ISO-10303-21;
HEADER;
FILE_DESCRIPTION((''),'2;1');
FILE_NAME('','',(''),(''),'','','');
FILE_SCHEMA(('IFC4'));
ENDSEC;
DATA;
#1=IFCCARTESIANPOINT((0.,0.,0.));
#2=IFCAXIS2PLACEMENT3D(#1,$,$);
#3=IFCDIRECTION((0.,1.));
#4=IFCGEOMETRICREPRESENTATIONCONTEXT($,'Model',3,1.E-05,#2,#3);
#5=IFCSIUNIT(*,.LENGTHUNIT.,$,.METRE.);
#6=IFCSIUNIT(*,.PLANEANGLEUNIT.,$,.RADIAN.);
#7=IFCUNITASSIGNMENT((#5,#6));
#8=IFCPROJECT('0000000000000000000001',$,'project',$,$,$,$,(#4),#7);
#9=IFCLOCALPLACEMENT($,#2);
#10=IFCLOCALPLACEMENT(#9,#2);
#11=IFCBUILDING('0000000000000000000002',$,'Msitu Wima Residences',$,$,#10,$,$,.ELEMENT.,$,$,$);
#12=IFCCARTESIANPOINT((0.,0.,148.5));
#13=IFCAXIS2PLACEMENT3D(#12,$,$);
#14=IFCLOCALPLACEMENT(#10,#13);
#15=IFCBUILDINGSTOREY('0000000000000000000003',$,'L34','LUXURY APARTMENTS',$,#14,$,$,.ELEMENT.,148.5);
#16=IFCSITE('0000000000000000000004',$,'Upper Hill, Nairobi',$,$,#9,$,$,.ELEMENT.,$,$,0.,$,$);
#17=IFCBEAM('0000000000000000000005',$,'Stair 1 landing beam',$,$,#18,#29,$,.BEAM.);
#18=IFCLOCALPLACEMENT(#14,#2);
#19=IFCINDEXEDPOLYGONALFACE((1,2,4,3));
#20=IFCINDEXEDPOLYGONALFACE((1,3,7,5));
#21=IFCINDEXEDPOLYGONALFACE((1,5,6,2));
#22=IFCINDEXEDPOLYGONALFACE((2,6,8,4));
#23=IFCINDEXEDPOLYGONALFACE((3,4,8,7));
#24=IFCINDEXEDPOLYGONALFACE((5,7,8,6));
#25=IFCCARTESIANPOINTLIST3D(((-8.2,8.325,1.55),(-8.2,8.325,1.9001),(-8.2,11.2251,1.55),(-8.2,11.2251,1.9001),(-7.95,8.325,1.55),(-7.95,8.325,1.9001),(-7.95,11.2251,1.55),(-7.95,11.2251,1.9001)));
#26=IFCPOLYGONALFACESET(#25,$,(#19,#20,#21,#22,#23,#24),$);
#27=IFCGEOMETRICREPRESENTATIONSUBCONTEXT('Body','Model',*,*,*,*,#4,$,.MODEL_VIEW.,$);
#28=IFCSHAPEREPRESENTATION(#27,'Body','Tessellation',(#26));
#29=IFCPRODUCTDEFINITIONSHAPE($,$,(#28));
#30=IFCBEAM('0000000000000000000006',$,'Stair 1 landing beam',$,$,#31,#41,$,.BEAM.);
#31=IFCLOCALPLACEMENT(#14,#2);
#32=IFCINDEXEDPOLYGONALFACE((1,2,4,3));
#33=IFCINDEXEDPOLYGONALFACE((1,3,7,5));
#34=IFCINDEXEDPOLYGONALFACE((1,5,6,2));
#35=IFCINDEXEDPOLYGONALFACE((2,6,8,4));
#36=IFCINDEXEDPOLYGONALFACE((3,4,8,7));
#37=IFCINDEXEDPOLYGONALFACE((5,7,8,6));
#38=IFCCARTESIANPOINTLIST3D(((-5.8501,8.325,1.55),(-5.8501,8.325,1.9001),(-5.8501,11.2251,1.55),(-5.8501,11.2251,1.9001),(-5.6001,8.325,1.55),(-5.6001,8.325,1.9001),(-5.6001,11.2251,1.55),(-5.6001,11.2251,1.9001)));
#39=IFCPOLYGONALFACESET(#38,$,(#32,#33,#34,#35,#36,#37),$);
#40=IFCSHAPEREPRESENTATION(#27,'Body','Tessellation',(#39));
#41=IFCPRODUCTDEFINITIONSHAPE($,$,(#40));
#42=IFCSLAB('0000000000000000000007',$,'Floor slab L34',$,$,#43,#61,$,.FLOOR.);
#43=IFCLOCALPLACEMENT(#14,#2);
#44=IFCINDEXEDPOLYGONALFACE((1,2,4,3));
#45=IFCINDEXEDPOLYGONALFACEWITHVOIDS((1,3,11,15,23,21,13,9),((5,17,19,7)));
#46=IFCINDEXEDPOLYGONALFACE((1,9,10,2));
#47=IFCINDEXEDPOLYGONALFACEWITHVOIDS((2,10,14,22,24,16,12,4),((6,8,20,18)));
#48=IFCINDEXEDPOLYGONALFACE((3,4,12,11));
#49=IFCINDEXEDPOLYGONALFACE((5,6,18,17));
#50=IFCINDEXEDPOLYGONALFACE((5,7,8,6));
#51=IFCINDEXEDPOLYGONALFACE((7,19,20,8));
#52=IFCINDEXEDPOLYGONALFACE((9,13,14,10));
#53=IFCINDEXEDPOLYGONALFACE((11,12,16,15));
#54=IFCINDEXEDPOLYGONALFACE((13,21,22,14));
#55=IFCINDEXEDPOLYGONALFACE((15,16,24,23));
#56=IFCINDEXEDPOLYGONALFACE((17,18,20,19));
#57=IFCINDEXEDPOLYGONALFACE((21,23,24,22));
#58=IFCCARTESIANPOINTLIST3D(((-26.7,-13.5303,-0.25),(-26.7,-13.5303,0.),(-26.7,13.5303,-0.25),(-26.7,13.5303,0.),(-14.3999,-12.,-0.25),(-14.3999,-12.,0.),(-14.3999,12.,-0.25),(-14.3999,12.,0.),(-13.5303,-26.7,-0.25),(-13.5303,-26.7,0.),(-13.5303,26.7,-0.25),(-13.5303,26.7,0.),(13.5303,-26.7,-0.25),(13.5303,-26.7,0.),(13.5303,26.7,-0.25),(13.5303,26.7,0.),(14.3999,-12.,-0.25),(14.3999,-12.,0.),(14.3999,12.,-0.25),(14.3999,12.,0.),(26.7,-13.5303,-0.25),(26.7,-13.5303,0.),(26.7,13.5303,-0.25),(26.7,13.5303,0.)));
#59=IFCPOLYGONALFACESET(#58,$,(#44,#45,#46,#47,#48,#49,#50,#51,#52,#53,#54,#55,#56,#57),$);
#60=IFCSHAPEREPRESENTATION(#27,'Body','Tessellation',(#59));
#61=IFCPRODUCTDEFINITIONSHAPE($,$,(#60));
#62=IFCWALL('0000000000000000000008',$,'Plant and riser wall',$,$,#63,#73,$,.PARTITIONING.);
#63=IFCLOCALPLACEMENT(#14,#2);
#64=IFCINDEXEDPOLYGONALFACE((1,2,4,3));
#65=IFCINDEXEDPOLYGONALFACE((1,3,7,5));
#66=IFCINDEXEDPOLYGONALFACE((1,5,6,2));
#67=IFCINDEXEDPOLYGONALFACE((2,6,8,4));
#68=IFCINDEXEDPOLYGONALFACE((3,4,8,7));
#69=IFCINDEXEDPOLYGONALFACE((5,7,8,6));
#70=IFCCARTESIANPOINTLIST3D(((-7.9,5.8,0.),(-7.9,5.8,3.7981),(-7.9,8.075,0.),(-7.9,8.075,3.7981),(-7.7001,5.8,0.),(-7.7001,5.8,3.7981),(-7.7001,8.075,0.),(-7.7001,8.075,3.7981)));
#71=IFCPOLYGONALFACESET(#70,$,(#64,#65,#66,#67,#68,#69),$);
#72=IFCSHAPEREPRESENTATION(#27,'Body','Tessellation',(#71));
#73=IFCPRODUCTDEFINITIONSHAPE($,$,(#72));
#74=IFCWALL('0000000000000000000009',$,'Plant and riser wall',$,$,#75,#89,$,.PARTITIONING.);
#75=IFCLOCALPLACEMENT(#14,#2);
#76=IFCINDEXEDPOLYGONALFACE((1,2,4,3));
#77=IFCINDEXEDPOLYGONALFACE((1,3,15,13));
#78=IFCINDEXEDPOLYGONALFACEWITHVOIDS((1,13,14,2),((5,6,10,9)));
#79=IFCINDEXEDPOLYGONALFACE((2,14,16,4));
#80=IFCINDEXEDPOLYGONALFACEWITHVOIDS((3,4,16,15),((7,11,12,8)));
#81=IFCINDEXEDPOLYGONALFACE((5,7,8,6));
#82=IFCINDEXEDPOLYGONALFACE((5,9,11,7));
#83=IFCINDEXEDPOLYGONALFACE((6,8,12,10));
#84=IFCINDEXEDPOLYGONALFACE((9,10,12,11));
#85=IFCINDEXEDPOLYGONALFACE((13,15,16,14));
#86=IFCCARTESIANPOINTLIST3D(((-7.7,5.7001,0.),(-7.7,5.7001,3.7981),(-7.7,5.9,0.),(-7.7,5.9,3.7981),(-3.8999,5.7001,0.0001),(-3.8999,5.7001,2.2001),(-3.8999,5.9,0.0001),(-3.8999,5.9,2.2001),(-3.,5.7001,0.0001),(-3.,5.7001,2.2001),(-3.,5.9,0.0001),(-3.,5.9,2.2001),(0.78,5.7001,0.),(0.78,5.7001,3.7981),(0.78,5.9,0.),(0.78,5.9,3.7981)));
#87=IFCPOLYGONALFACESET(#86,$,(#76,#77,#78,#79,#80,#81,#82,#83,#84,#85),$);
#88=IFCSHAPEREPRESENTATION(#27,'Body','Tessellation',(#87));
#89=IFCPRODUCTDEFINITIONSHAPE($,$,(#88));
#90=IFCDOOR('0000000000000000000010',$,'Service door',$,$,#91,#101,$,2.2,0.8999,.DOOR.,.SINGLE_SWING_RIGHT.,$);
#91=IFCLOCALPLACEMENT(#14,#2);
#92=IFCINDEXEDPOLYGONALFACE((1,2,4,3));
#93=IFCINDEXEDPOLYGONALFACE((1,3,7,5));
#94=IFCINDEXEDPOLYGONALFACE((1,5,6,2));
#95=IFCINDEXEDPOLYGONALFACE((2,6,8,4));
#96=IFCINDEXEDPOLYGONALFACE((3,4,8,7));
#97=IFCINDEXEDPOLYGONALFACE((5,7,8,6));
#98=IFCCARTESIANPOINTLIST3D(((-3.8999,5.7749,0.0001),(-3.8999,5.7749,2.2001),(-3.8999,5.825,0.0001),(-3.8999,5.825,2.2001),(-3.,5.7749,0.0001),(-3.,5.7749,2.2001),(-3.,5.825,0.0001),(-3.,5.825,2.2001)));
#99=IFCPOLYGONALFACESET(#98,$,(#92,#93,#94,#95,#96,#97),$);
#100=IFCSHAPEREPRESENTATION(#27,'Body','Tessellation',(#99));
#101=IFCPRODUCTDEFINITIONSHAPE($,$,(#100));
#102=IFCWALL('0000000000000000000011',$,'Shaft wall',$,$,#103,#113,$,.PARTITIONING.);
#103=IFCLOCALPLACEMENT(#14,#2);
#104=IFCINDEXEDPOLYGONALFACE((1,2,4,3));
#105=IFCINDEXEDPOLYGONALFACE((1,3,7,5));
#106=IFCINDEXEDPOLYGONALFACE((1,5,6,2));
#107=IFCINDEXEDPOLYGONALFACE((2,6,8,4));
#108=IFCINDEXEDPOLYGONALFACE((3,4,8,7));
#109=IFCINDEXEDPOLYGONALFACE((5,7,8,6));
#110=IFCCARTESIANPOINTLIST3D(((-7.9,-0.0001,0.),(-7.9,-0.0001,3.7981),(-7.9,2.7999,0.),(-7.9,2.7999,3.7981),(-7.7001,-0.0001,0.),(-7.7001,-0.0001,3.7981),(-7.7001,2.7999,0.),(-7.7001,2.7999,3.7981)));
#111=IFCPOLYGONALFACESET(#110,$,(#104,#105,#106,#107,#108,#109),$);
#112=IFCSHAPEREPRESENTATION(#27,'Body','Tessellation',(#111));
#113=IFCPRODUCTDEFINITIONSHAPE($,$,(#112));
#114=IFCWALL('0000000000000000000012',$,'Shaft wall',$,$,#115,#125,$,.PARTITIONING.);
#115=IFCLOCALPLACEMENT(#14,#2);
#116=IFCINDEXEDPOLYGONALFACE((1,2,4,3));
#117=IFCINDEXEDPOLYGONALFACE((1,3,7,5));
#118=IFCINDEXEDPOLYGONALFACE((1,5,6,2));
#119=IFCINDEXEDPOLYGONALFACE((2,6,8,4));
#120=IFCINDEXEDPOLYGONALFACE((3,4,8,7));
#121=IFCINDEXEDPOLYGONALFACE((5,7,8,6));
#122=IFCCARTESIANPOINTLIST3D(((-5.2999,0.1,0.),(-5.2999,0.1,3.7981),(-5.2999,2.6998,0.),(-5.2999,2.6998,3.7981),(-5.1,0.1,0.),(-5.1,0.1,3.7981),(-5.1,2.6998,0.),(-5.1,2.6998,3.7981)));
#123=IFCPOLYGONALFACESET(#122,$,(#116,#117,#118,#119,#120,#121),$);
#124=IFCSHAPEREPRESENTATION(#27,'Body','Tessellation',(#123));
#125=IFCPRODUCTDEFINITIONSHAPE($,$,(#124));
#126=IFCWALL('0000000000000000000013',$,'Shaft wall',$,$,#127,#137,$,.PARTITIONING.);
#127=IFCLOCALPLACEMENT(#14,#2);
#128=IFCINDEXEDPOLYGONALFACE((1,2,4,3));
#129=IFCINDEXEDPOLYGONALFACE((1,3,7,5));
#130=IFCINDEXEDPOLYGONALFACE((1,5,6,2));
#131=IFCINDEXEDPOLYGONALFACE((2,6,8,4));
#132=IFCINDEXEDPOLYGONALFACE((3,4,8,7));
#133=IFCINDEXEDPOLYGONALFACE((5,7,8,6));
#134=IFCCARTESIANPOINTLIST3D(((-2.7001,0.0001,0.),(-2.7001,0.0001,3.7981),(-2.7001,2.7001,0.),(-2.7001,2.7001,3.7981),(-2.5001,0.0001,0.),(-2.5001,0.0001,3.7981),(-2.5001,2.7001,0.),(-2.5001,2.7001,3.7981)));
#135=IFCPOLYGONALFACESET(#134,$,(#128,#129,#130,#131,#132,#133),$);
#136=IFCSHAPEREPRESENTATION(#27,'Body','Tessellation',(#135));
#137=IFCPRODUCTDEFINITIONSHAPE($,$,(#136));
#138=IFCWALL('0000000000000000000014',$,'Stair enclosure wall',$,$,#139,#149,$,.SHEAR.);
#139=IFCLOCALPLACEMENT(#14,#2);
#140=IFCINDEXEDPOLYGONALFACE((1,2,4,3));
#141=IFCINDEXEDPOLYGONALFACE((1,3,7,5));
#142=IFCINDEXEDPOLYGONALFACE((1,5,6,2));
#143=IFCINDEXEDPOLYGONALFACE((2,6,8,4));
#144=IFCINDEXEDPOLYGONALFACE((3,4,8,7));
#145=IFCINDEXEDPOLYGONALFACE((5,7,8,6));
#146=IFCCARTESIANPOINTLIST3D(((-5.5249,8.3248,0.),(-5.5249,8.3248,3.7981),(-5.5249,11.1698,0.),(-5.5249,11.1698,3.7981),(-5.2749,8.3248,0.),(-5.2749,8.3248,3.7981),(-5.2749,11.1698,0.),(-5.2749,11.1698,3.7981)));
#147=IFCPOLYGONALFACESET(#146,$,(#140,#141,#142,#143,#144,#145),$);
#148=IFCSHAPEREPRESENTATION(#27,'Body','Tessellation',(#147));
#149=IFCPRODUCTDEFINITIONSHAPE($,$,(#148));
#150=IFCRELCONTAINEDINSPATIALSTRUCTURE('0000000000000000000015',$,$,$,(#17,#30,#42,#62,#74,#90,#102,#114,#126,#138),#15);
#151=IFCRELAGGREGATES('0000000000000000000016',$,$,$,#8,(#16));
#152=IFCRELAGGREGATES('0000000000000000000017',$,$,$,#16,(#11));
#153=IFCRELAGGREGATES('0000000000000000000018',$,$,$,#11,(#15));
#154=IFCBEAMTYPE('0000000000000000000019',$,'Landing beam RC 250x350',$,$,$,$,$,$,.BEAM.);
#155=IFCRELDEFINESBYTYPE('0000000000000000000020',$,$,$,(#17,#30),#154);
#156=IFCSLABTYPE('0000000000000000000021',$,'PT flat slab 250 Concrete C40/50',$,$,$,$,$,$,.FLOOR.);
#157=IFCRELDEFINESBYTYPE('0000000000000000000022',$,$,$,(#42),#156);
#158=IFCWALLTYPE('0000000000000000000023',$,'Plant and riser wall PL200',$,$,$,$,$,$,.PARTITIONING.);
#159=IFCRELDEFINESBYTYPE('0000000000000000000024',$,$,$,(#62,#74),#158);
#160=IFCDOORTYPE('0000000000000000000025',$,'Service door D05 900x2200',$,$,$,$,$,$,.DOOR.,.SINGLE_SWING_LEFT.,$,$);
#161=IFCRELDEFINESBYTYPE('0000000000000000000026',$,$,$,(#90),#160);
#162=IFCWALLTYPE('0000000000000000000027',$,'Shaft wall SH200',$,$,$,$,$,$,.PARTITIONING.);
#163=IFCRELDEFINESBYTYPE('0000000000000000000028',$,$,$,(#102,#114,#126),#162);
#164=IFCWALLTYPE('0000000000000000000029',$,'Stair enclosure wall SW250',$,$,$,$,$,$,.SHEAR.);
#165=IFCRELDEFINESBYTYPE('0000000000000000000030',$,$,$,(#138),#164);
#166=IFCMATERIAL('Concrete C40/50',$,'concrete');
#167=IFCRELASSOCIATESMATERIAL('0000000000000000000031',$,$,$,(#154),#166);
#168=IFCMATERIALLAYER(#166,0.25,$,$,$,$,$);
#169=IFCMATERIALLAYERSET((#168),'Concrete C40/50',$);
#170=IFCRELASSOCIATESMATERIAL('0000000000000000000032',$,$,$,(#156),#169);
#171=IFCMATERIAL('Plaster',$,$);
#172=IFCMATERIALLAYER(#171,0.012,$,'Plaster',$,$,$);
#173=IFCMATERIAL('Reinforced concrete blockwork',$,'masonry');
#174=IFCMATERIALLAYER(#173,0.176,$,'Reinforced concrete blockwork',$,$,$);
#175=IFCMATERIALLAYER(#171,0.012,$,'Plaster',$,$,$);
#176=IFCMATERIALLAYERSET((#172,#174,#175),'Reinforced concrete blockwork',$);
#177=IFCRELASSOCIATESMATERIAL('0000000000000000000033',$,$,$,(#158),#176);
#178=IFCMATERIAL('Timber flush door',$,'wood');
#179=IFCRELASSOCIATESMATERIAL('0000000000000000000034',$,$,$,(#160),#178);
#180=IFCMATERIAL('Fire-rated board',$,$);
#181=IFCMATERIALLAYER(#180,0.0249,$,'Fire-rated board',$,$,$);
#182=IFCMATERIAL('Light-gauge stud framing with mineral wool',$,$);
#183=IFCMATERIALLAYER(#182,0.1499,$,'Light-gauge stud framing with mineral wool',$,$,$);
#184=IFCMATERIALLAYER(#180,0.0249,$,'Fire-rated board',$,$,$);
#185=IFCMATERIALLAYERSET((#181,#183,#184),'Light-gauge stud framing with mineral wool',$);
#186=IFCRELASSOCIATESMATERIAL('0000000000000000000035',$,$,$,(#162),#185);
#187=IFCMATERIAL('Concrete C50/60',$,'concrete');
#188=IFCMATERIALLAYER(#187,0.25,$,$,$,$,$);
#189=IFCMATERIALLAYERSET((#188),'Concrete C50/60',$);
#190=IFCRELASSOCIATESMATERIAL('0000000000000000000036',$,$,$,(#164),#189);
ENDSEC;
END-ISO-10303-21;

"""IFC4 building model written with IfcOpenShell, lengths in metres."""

from ifc_helpers import new_model, si_unit, direction, frame, frame_2d, origin, origin_2d, place, context, subcontext, project, spatial, polyline, rectangle, outline, extrude, material, layer, layer_set, material_profile, profile_set, type_object, element, fill, save


model = new_model("IFC4")

# Units and contexts
model_context = context("Model", 3, precision=1e-05, world=origin(), true_north=direction((0.0, 1.0)))
body_context = subcontext(model_context, "Body", "Model", "MODEL_VIEW")
ifc_project = project(units=[si_unit("LENGTHUNIT", "METRE"), si_unit("PLANEANGLEUNIT", "RADIAN")], contexts=[model_context])

# Site, building, storey
site_placement = place(None, origin())
site = spatial("IfcSite", under=ifc_project, at=site_placement, Name="Upper Hill, Nairobi", CompositionType="ELEMENT", RefElevation=0.0)
building_placement = place(site_placement, origin())
building = spatial("IfcBuilding", under=site, at=building_placement, Name="Msitu Wima Residences", CompositionType="ELEMENT")
storey_placement = place(building_placement, frame((0.0, 0.0, 148.5)))
storey = spatial("IfcBuildingStorey", under=building, at=storey_placement, Name="L34", Description="LUXURY APARTMENTS", CompositionType="ELEMENT", Elevation=148.5)

# Beams
ifc_material_1 = material(Name="Concrete C40/50", Category="concrete")
ifc_material_profile = material_profile(ifc_material_1, rectangle(XDim=0.25, YDim=0.3501, at=origin_2d()), Name="RC 250x350")
ifc_profile_set = profile_set([ifc_material_profile], Name="Concrete C40/50")
beam_type = type_object("IfcBeamType", Name="Landing beam RC 250x350", PredefinedType="BEAM", material=ifc_profile_set)
for number, where, z_axis, x_axis, name in (
    (1, (-8.075, 8.325, 1.7251), (0.0, 1.0, 0.0), (-1.0, 0.0, 0.0), "Stair 1 landing beam"),
    (2, (-5.7251, 8.325, 1.7251), (0.0, 1.0, 0.0), (-1.0, 0.0, 0.0), "Stair 1 landing beam"),
):
    element("IfcBeam", number, at=place(storey_placement, frame(where, z_axis=z_axis, x_axis=x_axis)), inside=storey, type_object=beam_type, Name=name, PredefinedType="BEAM", context=body_context, shape_type="SweptSolid", body=[
        extrude(rectangle(XDim=0.25, YDim=0.3501, at=origin_2d()), origin(), (0.0, 0.0, 1.0), 2.9001),
    ])

# Slab
ifc_layer_1 = layer(ifc_material_1, 0.25)
ifc_layer_set_1 = layer_set([ifc_layer_1], Name="Concrete C40/50")
slab_type = type_object("IfcSlabType", Name="PT flat slab 250 Concrete C40/50", PredefinedType="FLOOR", material=ifc_layer_set_1)
slab_placement = place(storey_placement, frame((0.0, 0.0, -0.25)))
element("IfcSlab", 3, at=slab_placement, inside=storey, type_object=slab_type, Name="Floor slab L34", PredefinedType="FLOOR", context=body_context, shape_type="SweptSolid", body=[
    extrude(outline(polyline([(26.7, -13.5303), (13.5303, -26.7), (-13.5303, -26.7), (-26.7, -13.5303), (-26.7, 13.5303), (-13.5303, 26.7), (13.5303, 26.7), (26.7, 13.5303), (26.7, -13.5303)]), holes=[polyline([(-14.3999, -12.0), (14.3999, -12.0), (14.3999, 12.0), (-14.3999, 12.0), (-14.3999, -12.0)])]), origin(), (0.0, 0.0, 1.0), 0.25),
])

# Shared definitions
ifc_material_2 = material(Name="Plaster")

# Wall
ifc_layer_2 = layer(ifc_material_2, 0.012, Name="Plaster")
ifc_material_3 = material(Name="Reinforced concrete blockwork", Category="masonry")
ifc_layer_3 = layer(ifc_material_3, 0.176, Name="Reinforced concrete blockwork")
ifc_layer_4 = layer(ifc_material_2, 0.012, Name="Plaster")
ifc_layer_set_2 = layer_set([ifc_layer_2, ifc_layer_3, ifc_layer_4], Name="Reinforced concrete blockwork")
wall_type_1 = type_object("IfcWallType", Name="Plant and riser wall PL200", PredefinedType="PARTITIONING", material=ifc_layer_set_2)
wall_1_placement = place(storey_placement, frame((-7.8, 5.8, 0.0), z_axis=(0.0, 0.0, 1.0), x_axis=(0.0, 1.0, 0.0)))
element("IfcWall", 4, at=wall_1_placement, inside=storey, type_object=wall_type_1, Name="Plant and riser wall", PredefinedType="PARTITIONING", context=body_context, shape_type="SweptSolid", body=[
    extrude(rectangle(XDim=2.2749, YDim=0.2, at=frame_2d((1.1375, 0.0))), origin(), (0.0, 0.0, 1.0), 3.7981),
])

# Wall, opening, door
wall_2_placement = place(storey_placement, frame((-7.7, 5.8, 0.0), z_axis=(0.0, 0.0, 1.0), x_axis=(1.0, 0.0, 0.0)))
wall_2 = element("IfcWall", 5, at=wall_2_placement, inside=storey, type_object=wall_type_1, Name="Plant and riser wall", PredefinedType="PARTITIONING", context=body_context, shape_type="SweptSolid", body=[
    extrude(rectangle(XDim=8.48, YDim=0.2, at=frame_2d((4.24, 0.0))), origin(), (0.0, 0.0, 1.0), 3.7981),
])
opening_1_placement = place(wall_2_placement, frame((3.8, 0.0, 0.0)))
opening_1 = element("IfcOpeningElement", 6, at=opening_1_placement, cuts=wall_2, PredefinedType="OPENING", context=body_context, shape_type="SweptSolid", body=[
    extrude(rectangle(XDim=0.8999, YDim=2.2, at=frame_2d((0.45, 1.1001))), frame((0.0, 0.1099, 0.0), z_axis=(0.0, -1.0, 0.0), x_axis=(1.0, 0.0, 0.0)), (0.0, 0.0, 1.0), 0.22),
])
ifc_material_4 = material(Name="Timber flush door", Category="wood")
door_type_1 = type_object("IfcDoorType", Name="Service door D05 900x2200", OperationType="SINGLE_SWING_LEFT", PredefinedType="DOOR", material=ifc_material_4)
door_1_placement = place(opening_1_placement, origin())
door_1 = element("IfcDoor", 7, at=door_1_placement, inside=storey, type_object=door_type_1, Name="Service door", OperationType="SINGLE_SWING_RIGHT", OverallHeight=2.2, OverallWidth=0.8999, PredefinedType="DOOR", context=body_context, shape_type="SweptSolid", body=[
    extrude(rectangle(XDim=0.8999, YDim=2.2, at=frame_2d((0.45, 1.1001))), frame((0.0, 0.0249, 0.0), z_axis=(0.0, -1.0, 0.0), x_axis=(1.0, 0.0, 0.0)), (0.0, 0.0, 1.0), 0.05),
])
fill(opening_1, door_1)

# Walls
ifc_material_5 = material(Name="Fire-rated board")
ifc_layer_5 = layer(ifc_material_5, 0.0249, Name="Fire-rated board")
ifc_material_6 = material(Name="Light-gauge stud framing with mineral wool")
ifc_layer_6 = layer(ifc_material_6, 0.1499, Name="Light-gauge stud framing with mineral wool")
ifc_layer_7 = layer(ifc_material_5, 0.0249, Name="Fire-rated board")
ifc_layer_set_3 = layer_set([ifc_layer_5, ifc_layer_6, ifc_layer_7], Name="Light-gauge stud framing with mineral wool")
wall_type_2 = type_object("IfcWallType", Name="Shaft wall SH200", PredefinedType="PARTITIONING", material=ifc_layer_set_3)
wall_3_placement = place(storey_placement, frame((-7.8, 0.0, 0.0), z_axis=(0.0, 0.0, 1.0), x_axis=(0.0, 1.0, 0.0)))
element("IfcWall", 8, at=wall_3_placement, inside=storey, type_object=wall_type_2, Name="Shaft wall", PredefinedType="PARTITIONING", context=body_context, shape_type="SweptSolid", body=[
    extrude(rectangle(XDim=2.8, YDim=0.2, at=frame_2d((1.3999, 0.0))), origin(), (0.0, 0.0, 1.0), 3.7981),
])
wall_4_placement = place(storey_placement, frame((-5.2, 0.1001, 0.0), z_axis=(0.0, 0.0, 1.0), x_axis=(0.0, 1.0, 0.0)))
element("IfcWall", 9, at=wall_4_placement, inside=storey, type_object=wall_type_2, Name="Shaft wall", PredefinedType="PARTITIONING", context=body_context, shape_type="SweptSolid", body=[
    extrude(rectangle(XDim=2.5999, YDim=0.2, at=frame_2d((1.2998, 0.0))), origin(), (0.0, 0.0, 1.0), 3.7981),
])
wall_5_placement = place(storey_placement, frame((-2.6001, 0.0, 0.0), z_axis=(0.0, 0.0, 1.0), x_axis=(0.0, 1.0, 0.0)))
element("IfcWall", 10, at=wall_5_placement, inside=storey, type_object=wall_type_2, Name="Shaft wall", PredefinedType="PARTITIONING", context=body_context, shape_type="SweptSolid", body=[
    extrude(rectangle(XDim=2.7, YDim=0.2, at=frame_2d((1.3501, 0.0))), origin(), (0.0, 0.0, 1.0), 3.7981),
])
ifc_material_7 = material(Name="Concrete C50/60", Category="concrete")
ifc_layer_8 = layer(ifc_material_7, 0.25)
ifc_layer_set_4 = layer_set([ifc_layer_8], Name="Concrete C50/60")
wall_type_3 = type_object("IfcWallType", Name="Stair enclosure wall SW250", PredefinedType="SHEAR", material=ifc_layer_set_4)
wall_6_placement = place(storey_placement, frame((-5.3999, 8.325, 0.0), z_axis=(0.0, 0.0, 1.0), x_axis=(0.0, 1.0, 0.0)))
element("IfcWall", 11, at=wall_6_placement, inside=storey, type_object=wall_type_3, Name="Stair enclosure wall", PredefinedType="SHEAR", context=body_context, shape_type="SweptSolid", body=[
    extrude(rectangle(XDim=2.845, YDim=0.25, at=frame_2d((1.4224, 0.0))), origin(), (0.0, 0.0, 1.0), 3.7981),
])

save(model, "model.ifc")
